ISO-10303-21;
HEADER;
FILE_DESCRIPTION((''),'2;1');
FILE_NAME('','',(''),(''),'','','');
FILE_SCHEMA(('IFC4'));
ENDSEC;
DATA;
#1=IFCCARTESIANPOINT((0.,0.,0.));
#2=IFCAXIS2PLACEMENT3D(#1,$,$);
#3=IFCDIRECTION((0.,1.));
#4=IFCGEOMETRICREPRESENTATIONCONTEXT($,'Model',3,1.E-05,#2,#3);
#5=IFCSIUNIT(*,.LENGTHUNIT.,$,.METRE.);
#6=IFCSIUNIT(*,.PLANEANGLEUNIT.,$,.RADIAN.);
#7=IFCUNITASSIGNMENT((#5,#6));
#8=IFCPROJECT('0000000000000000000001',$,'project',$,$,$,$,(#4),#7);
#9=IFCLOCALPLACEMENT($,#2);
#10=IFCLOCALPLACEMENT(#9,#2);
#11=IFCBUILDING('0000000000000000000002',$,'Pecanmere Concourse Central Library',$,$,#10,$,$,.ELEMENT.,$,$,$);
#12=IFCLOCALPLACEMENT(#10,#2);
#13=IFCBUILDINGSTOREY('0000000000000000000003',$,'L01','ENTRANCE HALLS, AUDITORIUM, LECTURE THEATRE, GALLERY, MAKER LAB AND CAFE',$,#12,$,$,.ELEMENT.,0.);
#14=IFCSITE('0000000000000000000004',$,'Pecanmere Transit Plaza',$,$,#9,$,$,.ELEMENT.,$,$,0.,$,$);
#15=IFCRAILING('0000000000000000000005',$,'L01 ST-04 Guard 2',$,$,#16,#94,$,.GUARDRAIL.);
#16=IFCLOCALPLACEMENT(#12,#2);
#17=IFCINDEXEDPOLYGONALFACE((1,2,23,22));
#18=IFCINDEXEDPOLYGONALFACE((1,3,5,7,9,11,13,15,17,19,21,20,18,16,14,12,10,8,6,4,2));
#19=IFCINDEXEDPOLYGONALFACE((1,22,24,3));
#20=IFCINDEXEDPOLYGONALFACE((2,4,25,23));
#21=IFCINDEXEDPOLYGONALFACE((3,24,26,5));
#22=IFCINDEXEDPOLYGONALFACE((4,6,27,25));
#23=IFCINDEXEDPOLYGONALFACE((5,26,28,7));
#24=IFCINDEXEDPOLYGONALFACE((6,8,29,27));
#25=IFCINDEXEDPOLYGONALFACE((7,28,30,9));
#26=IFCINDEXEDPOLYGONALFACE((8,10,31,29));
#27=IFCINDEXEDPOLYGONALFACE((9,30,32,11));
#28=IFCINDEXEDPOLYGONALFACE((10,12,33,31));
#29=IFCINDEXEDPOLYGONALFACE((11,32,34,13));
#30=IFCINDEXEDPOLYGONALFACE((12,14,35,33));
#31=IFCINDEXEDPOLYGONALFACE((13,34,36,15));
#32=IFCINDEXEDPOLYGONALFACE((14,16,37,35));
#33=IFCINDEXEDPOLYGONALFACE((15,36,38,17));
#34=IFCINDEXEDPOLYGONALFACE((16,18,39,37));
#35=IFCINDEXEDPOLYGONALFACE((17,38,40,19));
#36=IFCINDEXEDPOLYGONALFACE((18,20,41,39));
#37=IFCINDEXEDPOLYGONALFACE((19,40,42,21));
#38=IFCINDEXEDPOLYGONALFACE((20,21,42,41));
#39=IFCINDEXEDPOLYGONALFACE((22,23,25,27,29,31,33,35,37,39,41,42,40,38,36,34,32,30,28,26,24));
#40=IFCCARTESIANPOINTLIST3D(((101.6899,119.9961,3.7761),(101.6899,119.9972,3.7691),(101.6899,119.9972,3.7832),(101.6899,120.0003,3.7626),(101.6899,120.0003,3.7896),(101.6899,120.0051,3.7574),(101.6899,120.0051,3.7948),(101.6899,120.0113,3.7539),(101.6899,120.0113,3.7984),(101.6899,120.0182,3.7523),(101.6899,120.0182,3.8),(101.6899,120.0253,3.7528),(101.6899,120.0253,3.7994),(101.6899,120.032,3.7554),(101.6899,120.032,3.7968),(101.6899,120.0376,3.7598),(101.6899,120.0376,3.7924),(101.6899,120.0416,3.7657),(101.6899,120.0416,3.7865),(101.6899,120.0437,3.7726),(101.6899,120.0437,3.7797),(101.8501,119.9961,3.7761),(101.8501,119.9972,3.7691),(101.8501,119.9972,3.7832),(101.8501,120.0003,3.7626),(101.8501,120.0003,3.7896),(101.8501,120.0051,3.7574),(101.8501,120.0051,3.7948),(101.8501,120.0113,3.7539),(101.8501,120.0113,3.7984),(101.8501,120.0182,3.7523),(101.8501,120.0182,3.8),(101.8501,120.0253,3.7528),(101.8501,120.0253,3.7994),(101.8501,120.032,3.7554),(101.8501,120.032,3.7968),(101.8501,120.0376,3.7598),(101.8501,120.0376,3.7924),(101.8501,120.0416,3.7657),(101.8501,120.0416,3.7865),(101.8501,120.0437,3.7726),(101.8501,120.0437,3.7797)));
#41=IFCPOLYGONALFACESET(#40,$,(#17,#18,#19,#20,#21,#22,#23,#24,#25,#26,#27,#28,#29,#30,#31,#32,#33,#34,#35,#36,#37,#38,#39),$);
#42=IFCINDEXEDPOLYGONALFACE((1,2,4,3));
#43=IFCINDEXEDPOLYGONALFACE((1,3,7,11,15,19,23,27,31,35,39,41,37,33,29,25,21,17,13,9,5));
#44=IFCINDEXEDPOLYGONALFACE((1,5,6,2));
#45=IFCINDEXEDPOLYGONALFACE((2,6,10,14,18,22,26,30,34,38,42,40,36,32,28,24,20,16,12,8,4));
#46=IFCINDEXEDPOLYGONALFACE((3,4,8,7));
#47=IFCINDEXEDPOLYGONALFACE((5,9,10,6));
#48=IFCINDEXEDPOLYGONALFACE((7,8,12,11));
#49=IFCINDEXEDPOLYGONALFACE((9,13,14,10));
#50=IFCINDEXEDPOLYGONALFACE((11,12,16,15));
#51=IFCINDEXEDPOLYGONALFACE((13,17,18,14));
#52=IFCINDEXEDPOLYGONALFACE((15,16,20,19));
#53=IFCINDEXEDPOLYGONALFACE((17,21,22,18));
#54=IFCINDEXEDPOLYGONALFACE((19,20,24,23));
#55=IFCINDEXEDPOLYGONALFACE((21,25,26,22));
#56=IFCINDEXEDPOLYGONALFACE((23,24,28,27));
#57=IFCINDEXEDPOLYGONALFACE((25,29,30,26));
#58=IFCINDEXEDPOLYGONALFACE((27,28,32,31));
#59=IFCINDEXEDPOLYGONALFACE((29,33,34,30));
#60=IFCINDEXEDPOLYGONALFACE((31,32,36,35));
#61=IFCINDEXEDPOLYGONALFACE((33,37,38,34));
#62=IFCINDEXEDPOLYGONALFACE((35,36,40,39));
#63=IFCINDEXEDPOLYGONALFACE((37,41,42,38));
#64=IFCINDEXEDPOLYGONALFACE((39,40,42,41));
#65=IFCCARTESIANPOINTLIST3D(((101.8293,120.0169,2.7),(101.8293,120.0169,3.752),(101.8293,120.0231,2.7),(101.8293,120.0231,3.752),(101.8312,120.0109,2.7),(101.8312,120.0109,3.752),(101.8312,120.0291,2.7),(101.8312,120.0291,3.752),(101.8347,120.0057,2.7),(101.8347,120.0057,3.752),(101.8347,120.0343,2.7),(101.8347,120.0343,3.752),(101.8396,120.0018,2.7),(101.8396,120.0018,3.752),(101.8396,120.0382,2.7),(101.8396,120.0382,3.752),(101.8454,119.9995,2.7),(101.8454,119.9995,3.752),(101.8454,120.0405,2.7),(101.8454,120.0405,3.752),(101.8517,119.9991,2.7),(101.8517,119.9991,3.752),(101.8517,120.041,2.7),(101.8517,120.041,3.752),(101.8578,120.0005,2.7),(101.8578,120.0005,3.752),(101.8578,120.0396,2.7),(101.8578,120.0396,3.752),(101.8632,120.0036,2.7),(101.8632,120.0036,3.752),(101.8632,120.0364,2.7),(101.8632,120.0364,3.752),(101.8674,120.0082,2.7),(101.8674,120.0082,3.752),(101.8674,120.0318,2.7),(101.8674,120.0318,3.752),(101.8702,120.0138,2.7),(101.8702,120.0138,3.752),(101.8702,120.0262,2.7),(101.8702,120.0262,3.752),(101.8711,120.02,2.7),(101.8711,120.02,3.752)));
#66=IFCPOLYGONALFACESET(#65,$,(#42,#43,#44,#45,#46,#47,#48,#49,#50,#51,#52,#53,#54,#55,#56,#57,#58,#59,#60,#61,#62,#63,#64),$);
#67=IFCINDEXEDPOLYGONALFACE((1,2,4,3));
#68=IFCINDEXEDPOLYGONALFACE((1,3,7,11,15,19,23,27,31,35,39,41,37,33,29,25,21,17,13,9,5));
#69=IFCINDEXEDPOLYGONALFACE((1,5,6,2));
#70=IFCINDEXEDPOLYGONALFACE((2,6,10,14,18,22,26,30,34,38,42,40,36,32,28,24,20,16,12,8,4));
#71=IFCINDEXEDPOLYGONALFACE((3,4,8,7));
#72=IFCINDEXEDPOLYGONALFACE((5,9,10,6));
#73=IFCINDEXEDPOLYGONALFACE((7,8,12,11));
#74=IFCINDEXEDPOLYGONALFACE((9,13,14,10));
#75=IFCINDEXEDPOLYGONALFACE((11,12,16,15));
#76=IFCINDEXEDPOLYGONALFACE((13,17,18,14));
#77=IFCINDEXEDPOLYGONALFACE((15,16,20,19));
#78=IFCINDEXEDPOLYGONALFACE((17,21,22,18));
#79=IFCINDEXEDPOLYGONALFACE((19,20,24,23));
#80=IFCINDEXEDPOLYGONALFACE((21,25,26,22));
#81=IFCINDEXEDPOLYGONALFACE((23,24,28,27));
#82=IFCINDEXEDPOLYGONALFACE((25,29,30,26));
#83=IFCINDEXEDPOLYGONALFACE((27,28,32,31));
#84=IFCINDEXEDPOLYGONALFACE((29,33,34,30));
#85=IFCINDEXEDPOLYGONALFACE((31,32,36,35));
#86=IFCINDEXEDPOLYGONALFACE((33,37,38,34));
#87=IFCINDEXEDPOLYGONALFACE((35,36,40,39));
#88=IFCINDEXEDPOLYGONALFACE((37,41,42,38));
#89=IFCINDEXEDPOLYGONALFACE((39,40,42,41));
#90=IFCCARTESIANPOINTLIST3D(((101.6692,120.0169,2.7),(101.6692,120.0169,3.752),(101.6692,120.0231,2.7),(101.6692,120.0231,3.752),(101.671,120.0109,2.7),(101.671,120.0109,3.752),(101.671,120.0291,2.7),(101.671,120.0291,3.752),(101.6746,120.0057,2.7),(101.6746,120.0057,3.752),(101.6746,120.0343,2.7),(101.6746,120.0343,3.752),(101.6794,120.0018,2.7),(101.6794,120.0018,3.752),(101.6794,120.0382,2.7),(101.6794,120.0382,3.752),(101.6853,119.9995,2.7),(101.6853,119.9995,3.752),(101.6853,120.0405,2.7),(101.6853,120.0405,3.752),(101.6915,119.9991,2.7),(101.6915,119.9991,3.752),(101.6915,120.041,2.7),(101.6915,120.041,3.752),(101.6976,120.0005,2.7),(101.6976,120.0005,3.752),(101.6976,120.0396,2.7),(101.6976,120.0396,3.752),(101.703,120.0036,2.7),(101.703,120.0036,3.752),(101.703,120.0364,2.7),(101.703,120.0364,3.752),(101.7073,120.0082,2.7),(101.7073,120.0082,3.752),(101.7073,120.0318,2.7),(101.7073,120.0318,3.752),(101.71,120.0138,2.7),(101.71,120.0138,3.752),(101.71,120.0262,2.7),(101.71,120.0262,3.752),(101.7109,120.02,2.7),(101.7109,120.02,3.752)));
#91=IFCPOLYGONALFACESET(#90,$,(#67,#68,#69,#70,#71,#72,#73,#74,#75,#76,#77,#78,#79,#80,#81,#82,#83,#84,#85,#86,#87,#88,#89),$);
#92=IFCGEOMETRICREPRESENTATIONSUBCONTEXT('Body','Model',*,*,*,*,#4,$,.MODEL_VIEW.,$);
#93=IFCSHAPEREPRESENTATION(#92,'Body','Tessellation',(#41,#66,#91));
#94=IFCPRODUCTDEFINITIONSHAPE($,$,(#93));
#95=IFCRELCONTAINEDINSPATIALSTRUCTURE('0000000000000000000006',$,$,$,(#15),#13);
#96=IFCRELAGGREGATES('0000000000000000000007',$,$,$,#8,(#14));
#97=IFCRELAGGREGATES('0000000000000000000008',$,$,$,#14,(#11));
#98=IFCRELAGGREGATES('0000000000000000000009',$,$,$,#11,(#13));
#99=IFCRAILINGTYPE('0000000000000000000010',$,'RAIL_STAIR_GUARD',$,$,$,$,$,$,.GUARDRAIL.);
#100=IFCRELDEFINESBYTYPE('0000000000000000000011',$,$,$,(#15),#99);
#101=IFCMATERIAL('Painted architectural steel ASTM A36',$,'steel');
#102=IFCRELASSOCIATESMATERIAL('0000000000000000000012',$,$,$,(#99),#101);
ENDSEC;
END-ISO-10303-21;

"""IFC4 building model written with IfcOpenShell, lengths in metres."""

from ifc_helpers import new_model, si_unit, direction, frame, origin, origin_2d, place, context, subcontext, project, spatial, circle, extrude, material, type_object, element, save


model = new_model("IFC4")

# Units and contexts
model_context = context("Model", 3, precision=1e-05, world=origin(), true_north=direction((0.0, 1.0)))
body_context = subcontext(model_context, "Body", "Model", "MODEL_VIEW")
ifc_project = project(units=[si_unit("LENGTHUNIT", "METRE"), si_unit("PLANEANGLEUNIT", "RADIAN")], contexts=[model_context])

# Site, building, storey
site_placement = place(None, origin())
site = spatial("IfcSite", under=ifc_project, at=site_placement, Name="Pecanmere Transit Plaza", CompositionType="ELEMENT", RefElevation=0.0)
building_placement = place(site_placement, origin())
building = spatial("IfcBuilding", under=site, at=building_placement, Name="Pecanmere Concourse Central Library", CompositionType="ELEMENT")
storey_placement = place(building_placement, origin())
storey = spatial("IfcBuildingStorey", under=building, at=storey_placement, Name="L01", Description="ENTRANCE HALLS, AUDITORIUM, LECTURE THEATRE, GALLERY, MAKER LAB AND CAFE", CompositionType="ELEMENT", Elevation=0.0)

# Railing
ifc_material_1 = material(Name="Painted architectural steel ASTM A36", Category="steel")
railing_type_1 = type_object("IfcRailingType", Name="RAIL_STAIR_GUARD", PredefinedType="GUARDRAIL", material=ifc_material_1)
railing_1_placement = place(storey_placement, frame((101.8501, 120.02, 2.7)))
element("IfcRailing", 1, at=railing_1_placement, inside=storey, type_object=railing_type_1, Name="L01 ST-04 Guard 2", PredefinedType="GUARDRAIL", context=body_context, shape_type="SweptSolid", body=[
    extrude(circle(Radius=0.0239, at=origin_2d()), frame((0.0, 0.0, 1.0762), z_axis=(-1.0, 0.0, 0.0), x_axis=(0.0, -1.0, 0.0)), (0.0, 0.0, 1.0), 0.1602),
    extrude(circle(Radius=0.021, at=origin_2d()), origin(), (0.0, 0.0, 1.0), 1.052),
    extrude(circle(Radius=0.021, at=origin_2d()), frame((-0.1602, 0.0, 0.0)), (0.0, 0.0, 1.0), 1.052),
])

save(model, "model.ifc")
